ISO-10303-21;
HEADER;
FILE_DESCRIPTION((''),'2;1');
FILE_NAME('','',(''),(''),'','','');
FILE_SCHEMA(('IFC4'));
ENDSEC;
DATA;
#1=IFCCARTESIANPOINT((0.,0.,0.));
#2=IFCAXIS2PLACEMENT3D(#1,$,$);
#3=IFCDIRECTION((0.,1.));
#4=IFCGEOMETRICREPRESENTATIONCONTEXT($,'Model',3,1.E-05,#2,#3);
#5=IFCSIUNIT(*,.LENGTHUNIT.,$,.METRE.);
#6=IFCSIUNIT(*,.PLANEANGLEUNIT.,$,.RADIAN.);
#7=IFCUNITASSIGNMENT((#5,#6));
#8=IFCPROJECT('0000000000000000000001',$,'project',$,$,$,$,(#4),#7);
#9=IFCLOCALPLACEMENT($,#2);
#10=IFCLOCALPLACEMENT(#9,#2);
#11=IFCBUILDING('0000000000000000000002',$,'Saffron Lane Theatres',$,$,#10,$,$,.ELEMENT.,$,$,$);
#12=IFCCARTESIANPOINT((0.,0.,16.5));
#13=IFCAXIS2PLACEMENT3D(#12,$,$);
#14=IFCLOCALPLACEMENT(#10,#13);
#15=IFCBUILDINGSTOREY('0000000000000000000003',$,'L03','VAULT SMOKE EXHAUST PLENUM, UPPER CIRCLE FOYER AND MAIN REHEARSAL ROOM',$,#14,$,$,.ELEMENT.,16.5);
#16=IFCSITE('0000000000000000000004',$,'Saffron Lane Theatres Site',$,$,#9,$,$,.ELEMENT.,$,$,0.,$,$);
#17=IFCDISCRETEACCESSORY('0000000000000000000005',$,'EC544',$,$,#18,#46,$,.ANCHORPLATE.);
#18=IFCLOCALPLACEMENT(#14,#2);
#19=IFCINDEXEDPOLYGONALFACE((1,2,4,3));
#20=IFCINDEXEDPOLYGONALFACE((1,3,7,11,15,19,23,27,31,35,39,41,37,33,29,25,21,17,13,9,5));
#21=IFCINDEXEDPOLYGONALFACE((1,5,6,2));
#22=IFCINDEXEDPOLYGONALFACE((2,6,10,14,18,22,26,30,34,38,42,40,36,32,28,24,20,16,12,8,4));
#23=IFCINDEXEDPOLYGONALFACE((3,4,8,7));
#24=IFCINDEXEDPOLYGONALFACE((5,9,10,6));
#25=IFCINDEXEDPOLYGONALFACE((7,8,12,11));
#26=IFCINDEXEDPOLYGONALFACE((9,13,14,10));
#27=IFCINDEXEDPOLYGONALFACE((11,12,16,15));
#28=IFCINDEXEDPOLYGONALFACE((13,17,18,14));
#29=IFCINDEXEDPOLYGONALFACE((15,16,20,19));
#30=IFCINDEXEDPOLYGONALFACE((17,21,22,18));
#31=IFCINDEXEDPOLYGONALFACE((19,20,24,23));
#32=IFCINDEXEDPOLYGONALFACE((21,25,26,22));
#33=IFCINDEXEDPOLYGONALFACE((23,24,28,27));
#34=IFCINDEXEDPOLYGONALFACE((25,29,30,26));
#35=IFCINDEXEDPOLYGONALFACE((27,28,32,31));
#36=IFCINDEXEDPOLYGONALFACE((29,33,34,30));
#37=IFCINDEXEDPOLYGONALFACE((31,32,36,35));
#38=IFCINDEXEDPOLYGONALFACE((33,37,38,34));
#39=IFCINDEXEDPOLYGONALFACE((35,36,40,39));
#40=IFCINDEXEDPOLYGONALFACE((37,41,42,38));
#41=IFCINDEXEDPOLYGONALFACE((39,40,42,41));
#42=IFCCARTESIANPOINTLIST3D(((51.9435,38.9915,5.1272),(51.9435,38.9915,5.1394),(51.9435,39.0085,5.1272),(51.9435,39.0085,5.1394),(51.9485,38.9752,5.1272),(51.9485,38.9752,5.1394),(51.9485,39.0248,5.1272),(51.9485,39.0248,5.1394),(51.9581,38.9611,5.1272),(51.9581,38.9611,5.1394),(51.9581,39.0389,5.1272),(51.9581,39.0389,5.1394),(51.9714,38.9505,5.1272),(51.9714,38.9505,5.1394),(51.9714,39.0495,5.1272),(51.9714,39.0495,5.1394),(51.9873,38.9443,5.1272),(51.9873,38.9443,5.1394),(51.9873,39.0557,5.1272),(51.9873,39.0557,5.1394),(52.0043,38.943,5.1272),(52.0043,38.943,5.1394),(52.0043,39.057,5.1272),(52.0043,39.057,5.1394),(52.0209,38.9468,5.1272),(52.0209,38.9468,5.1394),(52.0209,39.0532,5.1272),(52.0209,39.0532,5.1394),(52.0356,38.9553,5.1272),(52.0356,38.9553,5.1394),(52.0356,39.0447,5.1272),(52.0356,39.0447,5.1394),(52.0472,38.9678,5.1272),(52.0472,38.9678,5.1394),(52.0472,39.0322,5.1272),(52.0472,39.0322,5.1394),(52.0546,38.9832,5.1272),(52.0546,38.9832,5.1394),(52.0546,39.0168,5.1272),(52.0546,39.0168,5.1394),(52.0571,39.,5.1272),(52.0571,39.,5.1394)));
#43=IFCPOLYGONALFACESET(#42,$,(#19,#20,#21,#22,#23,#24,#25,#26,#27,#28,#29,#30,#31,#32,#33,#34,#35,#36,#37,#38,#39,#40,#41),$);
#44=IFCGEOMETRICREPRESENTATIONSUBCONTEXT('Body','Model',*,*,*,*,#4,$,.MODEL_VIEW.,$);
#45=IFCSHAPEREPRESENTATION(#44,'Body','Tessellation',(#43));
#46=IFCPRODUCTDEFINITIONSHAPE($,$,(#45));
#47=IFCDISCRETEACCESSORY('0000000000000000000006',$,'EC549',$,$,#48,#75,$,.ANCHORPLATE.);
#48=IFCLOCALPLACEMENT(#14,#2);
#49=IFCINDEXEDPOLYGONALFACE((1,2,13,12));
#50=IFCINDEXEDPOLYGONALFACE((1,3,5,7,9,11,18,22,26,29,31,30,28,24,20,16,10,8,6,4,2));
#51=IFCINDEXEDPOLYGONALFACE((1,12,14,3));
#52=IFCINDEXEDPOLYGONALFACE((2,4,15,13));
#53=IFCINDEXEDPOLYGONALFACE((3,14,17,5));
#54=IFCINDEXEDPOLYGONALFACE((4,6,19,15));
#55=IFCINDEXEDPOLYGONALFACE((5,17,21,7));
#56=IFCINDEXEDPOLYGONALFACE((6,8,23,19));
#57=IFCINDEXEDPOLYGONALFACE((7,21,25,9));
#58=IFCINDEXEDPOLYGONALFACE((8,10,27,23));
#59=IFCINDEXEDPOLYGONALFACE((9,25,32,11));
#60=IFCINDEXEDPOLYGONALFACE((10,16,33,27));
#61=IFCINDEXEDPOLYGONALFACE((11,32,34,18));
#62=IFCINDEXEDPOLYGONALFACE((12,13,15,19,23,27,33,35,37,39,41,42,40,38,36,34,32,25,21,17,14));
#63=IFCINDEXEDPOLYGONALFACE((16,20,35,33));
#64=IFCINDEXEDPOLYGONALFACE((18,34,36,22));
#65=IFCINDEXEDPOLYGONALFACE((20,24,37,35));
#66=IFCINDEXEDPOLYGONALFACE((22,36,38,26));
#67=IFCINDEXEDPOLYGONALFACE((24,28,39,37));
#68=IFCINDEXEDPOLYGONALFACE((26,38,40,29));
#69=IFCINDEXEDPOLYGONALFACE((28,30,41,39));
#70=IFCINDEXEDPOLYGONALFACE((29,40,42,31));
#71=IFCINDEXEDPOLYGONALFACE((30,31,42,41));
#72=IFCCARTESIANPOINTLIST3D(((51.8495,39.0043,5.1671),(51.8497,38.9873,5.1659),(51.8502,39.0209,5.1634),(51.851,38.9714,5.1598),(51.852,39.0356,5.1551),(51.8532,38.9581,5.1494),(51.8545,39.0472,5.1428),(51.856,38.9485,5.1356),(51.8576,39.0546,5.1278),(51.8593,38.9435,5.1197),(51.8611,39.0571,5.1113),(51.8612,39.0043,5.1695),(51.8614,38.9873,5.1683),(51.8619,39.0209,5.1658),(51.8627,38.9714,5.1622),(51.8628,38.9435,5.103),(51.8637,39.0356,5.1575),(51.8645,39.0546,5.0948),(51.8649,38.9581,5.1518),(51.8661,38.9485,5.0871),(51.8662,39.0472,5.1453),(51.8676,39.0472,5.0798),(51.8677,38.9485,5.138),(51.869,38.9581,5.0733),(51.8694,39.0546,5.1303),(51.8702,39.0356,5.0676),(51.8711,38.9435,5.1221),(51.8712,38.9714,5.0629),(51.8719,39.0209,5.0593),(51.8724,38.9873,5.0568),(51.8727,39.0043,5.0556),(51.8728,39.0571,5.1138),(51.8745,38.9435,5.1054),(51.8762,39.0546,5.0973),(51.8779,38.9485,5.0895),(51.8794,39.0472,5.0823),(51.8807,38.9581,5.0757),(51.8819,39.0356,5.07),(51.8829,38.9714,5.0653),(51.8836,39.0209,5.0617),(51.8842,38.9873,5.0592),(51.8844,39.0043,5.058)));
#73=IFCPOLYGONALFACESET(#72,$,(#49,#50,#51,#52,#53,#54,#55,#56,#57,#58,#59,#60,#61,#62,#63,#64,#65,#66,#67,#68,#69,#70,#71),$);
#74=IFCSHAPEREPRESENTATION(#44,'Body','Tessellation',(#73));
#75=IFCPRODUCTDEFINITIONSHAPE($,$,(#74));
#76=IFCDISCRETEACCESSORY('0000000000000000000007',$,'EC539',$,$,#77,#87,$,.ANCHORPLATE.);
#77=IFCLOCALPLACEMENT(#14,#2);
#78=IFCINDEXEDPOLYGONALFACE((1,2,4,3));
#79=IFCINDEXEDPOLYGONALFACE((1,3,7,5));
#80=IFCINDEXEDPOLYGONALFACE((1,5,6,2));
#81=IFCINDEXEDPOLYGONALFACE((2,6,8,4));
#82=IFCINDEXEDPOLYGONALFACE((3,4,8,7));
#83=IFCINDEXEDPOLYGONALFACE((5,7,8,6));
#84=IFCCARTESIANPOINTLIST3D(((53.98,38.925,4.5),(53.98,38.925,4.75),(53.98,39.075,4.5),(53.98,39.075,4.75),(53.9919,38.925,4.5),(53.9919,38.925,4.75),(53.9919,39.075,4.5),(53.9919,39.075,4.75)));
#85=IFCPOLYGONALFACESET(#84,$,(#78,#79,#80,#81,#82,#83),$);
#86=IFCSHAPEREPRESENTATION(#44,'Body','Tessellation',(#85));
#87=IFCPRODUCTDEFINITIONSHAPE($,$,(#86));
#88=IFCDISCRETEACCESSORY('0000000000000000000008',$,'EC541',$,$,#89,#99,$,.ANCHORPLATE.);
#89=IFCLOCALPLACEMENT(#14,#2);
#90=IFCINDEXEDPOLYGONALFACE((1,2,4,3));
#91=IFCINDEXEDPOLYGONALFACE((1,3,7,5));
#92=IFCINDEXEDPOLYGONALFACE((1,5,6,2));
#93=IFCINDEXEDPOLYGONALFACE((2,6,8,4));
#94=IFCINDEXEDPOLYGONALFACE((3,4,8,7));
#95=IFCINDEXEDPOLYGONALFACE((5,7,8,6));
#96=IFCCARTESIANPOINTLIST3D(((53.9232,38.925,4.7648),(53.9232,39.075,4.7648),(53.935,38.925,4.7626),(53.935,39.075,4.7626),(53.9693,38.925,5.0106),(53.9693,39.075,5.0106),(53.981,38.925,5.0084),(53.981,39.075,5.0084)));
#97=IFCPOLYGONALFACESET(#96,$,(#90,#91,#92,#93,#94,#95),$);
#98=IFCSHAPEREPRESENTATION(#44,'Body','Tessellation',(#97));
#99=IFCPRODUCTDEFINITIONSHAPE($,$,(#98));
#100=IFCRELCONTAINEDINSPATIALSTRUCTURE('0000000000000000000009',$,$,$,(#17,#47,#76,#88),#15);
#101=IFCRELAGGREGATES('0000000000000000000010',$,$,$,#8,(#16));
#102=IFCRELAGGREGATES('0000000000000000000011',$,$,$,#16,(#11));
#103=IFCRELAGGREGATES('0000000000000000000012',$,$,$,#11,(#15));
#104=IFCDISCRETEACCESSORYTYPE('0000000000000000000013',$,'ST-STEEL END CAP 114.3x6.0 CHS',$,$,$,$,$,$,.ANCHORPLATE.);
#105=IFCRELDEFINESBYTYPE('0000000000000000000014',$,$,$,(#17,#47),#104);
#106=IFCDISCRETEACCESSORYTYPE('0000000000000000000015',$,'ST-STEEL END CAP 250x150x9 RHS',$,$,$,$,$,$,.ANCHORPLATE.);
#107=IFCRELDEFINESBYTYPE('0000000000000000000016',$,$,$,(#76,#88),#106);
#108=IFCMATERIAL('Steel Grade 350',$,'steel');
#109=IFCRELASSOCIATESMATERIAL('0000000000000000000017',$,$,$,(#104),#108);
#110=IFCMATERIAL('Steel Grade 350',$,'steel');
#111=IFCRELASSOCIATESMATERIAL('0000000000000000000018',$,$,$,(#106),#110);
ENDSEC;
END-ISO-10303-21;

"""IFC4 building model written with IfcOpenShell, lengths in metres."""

from ifc_helpers import new_model, si_unit, direction, frame, origin, origin_2d, place, context, subcontext, project, spatial, rectangle, circle, extrude, material, material_profile, profile_set, type_object, element, save


model = new_model("IFC4")

# Units and contexts
model_context = context("Model", 3, precision=1e-05, world=origin(), true_north=direction((0.0, 1.0)))
body_context = subcontext(model_context, "Body", "Model", "MODEL_VIEW")
ifc_project = project(units=[si_unit("LENGTHUNIT", "METRE"), si_unit("PLANEANGLEUNIT", "RADIAN")], contexts=[model_context])

# Site, building, storey
site_placement = place(None, origin())
site = spatial("IfcSite", under=ifc_project, at=site_placement, Name="Saffron Lane Theatres Site", CompositionType="ELEMENT", RefElevation=0.0)
building_placement = place(site_placement, origin())
building = spatial("IfcBuilding", under=site, at=building_placement, Name="Saffron Lane Theatres", CompositionType="ELEMENT")
storey_placement = place(building_placement, frame((0.0, 0.0, 16.5)))
storey = spatial("IfcBuildingStorey", under=building, at=storey_placement, Name="L03", Description="VAULT SMOKE EXHAUST PLENUM, UPPER CIRCLE FOYER AND MAIN REHEARSAL ROOM", CompositionType="ELEMENT", Elevation=16.5)

# Discrete accessories
ifc_material_1 = material(Name="Steel Grade 350", Category="steel")
ifc_material_profile_1 = material_profile(ifc_material_1, circle(Radius=0.0571, at=origin_2d()))
ifc_profile_set_1 = profile_set([ifc_material_profile_1], Name="Steel Grade 350")
discrete_accessory_type_1 = type_object("IfcDiscreteAccessoryType", Name="ST-STEEL END CAP 114.3x6.0 CHS", PredefinedType="ANCHORPLATE", material=ifc_profile_set_1)
discrete_accessory_1_placement = place(storey_placement, frame((52.0, 39.0, 5.1272), z_axis=(0.0, 0.0, 1.0), x_axis=(1.0, 0.0, 0.0)))
element("IfcDiscreteAccessory", 1, at=discrete_accessory_1_placement, inside=storey, type_object=discrete_accessory_type_1, Name="EC544", PredefinedType="ANCHORPLATE", context=body_context, shape_type="SweptSolid", body=[
    extrude(circle(Radius=0.0571, at=origin_2d()), origin(), (0.0, 0.0, 1.0), 0.0122),
])
discrete_accessory_2_placement = place(storey_placement, frame((51.8611, 39.0, 5.1113), z_axis=(0.97898, 0.0, 0.203954), x_axis=(0.0, 1.0, 0.0)))
element("IfcDiscreteAccessory", 2, at=discrete_accessory_2_placement, inside=storey, type_object=discrete_accessory_type_1, Name="EC549", PredefinedType="ANCHORPLATE", context=body_context, shape_type="SweptSolid", body=[
    extrude(circle(Radius=0.0571, at=origin_2d()), origin(), (0.0, 0.0, 1.0), 0.012),
])
ifc_material_2 = material(Name="Steel Grade 350", Category="steel")
ifc_material_profile_2 = material_profile(ifc_material_2, rectangle(XDim=0.1499, YDim=0.25, at=origin_2d()))
ifc_profile_set_2 = profile_set([ifc_material_profile_2], Name="Steel Grade 350")
discrete_accessory_type_2 = type_object("IfcDiscreteAccessoryType", Name="ST-STEEL END CAP 250x150x9 RHS", PredefinedType="ANCHORPLATE", material=ifc_profile_set_2)
for number, where, z_axis, x_axis, name in (
    (3, (53.9919, 39.0, 4.625), (-1.0, 0.0, 0.0), (0.0, -1.0, 0.0), "EC539"),
    (4, (53.958, 39.0, 4.8855), (-0.982872, 0.0, 0.184289), (0.0, -1.0, 0.0), "EC541"),
):
    element("IfcDiscreteAccessory", number, at=place(storey_placement, frame(where, z_axis=z_axis, x_axis=x_axis)), inside=storey, type_object=discrete_accessory_type_2, Name=name, PredefinedType="ANCHORPLATE", context=body_context, shape_type="SweptSolid", body=[
        extrude(rectangle(XDim=0.1499, YDim=0.25, at=origin_2d()), origin(), (0.0, 0.0, 1.0), 0.012),
    ])

save(model, "model.ifc")
